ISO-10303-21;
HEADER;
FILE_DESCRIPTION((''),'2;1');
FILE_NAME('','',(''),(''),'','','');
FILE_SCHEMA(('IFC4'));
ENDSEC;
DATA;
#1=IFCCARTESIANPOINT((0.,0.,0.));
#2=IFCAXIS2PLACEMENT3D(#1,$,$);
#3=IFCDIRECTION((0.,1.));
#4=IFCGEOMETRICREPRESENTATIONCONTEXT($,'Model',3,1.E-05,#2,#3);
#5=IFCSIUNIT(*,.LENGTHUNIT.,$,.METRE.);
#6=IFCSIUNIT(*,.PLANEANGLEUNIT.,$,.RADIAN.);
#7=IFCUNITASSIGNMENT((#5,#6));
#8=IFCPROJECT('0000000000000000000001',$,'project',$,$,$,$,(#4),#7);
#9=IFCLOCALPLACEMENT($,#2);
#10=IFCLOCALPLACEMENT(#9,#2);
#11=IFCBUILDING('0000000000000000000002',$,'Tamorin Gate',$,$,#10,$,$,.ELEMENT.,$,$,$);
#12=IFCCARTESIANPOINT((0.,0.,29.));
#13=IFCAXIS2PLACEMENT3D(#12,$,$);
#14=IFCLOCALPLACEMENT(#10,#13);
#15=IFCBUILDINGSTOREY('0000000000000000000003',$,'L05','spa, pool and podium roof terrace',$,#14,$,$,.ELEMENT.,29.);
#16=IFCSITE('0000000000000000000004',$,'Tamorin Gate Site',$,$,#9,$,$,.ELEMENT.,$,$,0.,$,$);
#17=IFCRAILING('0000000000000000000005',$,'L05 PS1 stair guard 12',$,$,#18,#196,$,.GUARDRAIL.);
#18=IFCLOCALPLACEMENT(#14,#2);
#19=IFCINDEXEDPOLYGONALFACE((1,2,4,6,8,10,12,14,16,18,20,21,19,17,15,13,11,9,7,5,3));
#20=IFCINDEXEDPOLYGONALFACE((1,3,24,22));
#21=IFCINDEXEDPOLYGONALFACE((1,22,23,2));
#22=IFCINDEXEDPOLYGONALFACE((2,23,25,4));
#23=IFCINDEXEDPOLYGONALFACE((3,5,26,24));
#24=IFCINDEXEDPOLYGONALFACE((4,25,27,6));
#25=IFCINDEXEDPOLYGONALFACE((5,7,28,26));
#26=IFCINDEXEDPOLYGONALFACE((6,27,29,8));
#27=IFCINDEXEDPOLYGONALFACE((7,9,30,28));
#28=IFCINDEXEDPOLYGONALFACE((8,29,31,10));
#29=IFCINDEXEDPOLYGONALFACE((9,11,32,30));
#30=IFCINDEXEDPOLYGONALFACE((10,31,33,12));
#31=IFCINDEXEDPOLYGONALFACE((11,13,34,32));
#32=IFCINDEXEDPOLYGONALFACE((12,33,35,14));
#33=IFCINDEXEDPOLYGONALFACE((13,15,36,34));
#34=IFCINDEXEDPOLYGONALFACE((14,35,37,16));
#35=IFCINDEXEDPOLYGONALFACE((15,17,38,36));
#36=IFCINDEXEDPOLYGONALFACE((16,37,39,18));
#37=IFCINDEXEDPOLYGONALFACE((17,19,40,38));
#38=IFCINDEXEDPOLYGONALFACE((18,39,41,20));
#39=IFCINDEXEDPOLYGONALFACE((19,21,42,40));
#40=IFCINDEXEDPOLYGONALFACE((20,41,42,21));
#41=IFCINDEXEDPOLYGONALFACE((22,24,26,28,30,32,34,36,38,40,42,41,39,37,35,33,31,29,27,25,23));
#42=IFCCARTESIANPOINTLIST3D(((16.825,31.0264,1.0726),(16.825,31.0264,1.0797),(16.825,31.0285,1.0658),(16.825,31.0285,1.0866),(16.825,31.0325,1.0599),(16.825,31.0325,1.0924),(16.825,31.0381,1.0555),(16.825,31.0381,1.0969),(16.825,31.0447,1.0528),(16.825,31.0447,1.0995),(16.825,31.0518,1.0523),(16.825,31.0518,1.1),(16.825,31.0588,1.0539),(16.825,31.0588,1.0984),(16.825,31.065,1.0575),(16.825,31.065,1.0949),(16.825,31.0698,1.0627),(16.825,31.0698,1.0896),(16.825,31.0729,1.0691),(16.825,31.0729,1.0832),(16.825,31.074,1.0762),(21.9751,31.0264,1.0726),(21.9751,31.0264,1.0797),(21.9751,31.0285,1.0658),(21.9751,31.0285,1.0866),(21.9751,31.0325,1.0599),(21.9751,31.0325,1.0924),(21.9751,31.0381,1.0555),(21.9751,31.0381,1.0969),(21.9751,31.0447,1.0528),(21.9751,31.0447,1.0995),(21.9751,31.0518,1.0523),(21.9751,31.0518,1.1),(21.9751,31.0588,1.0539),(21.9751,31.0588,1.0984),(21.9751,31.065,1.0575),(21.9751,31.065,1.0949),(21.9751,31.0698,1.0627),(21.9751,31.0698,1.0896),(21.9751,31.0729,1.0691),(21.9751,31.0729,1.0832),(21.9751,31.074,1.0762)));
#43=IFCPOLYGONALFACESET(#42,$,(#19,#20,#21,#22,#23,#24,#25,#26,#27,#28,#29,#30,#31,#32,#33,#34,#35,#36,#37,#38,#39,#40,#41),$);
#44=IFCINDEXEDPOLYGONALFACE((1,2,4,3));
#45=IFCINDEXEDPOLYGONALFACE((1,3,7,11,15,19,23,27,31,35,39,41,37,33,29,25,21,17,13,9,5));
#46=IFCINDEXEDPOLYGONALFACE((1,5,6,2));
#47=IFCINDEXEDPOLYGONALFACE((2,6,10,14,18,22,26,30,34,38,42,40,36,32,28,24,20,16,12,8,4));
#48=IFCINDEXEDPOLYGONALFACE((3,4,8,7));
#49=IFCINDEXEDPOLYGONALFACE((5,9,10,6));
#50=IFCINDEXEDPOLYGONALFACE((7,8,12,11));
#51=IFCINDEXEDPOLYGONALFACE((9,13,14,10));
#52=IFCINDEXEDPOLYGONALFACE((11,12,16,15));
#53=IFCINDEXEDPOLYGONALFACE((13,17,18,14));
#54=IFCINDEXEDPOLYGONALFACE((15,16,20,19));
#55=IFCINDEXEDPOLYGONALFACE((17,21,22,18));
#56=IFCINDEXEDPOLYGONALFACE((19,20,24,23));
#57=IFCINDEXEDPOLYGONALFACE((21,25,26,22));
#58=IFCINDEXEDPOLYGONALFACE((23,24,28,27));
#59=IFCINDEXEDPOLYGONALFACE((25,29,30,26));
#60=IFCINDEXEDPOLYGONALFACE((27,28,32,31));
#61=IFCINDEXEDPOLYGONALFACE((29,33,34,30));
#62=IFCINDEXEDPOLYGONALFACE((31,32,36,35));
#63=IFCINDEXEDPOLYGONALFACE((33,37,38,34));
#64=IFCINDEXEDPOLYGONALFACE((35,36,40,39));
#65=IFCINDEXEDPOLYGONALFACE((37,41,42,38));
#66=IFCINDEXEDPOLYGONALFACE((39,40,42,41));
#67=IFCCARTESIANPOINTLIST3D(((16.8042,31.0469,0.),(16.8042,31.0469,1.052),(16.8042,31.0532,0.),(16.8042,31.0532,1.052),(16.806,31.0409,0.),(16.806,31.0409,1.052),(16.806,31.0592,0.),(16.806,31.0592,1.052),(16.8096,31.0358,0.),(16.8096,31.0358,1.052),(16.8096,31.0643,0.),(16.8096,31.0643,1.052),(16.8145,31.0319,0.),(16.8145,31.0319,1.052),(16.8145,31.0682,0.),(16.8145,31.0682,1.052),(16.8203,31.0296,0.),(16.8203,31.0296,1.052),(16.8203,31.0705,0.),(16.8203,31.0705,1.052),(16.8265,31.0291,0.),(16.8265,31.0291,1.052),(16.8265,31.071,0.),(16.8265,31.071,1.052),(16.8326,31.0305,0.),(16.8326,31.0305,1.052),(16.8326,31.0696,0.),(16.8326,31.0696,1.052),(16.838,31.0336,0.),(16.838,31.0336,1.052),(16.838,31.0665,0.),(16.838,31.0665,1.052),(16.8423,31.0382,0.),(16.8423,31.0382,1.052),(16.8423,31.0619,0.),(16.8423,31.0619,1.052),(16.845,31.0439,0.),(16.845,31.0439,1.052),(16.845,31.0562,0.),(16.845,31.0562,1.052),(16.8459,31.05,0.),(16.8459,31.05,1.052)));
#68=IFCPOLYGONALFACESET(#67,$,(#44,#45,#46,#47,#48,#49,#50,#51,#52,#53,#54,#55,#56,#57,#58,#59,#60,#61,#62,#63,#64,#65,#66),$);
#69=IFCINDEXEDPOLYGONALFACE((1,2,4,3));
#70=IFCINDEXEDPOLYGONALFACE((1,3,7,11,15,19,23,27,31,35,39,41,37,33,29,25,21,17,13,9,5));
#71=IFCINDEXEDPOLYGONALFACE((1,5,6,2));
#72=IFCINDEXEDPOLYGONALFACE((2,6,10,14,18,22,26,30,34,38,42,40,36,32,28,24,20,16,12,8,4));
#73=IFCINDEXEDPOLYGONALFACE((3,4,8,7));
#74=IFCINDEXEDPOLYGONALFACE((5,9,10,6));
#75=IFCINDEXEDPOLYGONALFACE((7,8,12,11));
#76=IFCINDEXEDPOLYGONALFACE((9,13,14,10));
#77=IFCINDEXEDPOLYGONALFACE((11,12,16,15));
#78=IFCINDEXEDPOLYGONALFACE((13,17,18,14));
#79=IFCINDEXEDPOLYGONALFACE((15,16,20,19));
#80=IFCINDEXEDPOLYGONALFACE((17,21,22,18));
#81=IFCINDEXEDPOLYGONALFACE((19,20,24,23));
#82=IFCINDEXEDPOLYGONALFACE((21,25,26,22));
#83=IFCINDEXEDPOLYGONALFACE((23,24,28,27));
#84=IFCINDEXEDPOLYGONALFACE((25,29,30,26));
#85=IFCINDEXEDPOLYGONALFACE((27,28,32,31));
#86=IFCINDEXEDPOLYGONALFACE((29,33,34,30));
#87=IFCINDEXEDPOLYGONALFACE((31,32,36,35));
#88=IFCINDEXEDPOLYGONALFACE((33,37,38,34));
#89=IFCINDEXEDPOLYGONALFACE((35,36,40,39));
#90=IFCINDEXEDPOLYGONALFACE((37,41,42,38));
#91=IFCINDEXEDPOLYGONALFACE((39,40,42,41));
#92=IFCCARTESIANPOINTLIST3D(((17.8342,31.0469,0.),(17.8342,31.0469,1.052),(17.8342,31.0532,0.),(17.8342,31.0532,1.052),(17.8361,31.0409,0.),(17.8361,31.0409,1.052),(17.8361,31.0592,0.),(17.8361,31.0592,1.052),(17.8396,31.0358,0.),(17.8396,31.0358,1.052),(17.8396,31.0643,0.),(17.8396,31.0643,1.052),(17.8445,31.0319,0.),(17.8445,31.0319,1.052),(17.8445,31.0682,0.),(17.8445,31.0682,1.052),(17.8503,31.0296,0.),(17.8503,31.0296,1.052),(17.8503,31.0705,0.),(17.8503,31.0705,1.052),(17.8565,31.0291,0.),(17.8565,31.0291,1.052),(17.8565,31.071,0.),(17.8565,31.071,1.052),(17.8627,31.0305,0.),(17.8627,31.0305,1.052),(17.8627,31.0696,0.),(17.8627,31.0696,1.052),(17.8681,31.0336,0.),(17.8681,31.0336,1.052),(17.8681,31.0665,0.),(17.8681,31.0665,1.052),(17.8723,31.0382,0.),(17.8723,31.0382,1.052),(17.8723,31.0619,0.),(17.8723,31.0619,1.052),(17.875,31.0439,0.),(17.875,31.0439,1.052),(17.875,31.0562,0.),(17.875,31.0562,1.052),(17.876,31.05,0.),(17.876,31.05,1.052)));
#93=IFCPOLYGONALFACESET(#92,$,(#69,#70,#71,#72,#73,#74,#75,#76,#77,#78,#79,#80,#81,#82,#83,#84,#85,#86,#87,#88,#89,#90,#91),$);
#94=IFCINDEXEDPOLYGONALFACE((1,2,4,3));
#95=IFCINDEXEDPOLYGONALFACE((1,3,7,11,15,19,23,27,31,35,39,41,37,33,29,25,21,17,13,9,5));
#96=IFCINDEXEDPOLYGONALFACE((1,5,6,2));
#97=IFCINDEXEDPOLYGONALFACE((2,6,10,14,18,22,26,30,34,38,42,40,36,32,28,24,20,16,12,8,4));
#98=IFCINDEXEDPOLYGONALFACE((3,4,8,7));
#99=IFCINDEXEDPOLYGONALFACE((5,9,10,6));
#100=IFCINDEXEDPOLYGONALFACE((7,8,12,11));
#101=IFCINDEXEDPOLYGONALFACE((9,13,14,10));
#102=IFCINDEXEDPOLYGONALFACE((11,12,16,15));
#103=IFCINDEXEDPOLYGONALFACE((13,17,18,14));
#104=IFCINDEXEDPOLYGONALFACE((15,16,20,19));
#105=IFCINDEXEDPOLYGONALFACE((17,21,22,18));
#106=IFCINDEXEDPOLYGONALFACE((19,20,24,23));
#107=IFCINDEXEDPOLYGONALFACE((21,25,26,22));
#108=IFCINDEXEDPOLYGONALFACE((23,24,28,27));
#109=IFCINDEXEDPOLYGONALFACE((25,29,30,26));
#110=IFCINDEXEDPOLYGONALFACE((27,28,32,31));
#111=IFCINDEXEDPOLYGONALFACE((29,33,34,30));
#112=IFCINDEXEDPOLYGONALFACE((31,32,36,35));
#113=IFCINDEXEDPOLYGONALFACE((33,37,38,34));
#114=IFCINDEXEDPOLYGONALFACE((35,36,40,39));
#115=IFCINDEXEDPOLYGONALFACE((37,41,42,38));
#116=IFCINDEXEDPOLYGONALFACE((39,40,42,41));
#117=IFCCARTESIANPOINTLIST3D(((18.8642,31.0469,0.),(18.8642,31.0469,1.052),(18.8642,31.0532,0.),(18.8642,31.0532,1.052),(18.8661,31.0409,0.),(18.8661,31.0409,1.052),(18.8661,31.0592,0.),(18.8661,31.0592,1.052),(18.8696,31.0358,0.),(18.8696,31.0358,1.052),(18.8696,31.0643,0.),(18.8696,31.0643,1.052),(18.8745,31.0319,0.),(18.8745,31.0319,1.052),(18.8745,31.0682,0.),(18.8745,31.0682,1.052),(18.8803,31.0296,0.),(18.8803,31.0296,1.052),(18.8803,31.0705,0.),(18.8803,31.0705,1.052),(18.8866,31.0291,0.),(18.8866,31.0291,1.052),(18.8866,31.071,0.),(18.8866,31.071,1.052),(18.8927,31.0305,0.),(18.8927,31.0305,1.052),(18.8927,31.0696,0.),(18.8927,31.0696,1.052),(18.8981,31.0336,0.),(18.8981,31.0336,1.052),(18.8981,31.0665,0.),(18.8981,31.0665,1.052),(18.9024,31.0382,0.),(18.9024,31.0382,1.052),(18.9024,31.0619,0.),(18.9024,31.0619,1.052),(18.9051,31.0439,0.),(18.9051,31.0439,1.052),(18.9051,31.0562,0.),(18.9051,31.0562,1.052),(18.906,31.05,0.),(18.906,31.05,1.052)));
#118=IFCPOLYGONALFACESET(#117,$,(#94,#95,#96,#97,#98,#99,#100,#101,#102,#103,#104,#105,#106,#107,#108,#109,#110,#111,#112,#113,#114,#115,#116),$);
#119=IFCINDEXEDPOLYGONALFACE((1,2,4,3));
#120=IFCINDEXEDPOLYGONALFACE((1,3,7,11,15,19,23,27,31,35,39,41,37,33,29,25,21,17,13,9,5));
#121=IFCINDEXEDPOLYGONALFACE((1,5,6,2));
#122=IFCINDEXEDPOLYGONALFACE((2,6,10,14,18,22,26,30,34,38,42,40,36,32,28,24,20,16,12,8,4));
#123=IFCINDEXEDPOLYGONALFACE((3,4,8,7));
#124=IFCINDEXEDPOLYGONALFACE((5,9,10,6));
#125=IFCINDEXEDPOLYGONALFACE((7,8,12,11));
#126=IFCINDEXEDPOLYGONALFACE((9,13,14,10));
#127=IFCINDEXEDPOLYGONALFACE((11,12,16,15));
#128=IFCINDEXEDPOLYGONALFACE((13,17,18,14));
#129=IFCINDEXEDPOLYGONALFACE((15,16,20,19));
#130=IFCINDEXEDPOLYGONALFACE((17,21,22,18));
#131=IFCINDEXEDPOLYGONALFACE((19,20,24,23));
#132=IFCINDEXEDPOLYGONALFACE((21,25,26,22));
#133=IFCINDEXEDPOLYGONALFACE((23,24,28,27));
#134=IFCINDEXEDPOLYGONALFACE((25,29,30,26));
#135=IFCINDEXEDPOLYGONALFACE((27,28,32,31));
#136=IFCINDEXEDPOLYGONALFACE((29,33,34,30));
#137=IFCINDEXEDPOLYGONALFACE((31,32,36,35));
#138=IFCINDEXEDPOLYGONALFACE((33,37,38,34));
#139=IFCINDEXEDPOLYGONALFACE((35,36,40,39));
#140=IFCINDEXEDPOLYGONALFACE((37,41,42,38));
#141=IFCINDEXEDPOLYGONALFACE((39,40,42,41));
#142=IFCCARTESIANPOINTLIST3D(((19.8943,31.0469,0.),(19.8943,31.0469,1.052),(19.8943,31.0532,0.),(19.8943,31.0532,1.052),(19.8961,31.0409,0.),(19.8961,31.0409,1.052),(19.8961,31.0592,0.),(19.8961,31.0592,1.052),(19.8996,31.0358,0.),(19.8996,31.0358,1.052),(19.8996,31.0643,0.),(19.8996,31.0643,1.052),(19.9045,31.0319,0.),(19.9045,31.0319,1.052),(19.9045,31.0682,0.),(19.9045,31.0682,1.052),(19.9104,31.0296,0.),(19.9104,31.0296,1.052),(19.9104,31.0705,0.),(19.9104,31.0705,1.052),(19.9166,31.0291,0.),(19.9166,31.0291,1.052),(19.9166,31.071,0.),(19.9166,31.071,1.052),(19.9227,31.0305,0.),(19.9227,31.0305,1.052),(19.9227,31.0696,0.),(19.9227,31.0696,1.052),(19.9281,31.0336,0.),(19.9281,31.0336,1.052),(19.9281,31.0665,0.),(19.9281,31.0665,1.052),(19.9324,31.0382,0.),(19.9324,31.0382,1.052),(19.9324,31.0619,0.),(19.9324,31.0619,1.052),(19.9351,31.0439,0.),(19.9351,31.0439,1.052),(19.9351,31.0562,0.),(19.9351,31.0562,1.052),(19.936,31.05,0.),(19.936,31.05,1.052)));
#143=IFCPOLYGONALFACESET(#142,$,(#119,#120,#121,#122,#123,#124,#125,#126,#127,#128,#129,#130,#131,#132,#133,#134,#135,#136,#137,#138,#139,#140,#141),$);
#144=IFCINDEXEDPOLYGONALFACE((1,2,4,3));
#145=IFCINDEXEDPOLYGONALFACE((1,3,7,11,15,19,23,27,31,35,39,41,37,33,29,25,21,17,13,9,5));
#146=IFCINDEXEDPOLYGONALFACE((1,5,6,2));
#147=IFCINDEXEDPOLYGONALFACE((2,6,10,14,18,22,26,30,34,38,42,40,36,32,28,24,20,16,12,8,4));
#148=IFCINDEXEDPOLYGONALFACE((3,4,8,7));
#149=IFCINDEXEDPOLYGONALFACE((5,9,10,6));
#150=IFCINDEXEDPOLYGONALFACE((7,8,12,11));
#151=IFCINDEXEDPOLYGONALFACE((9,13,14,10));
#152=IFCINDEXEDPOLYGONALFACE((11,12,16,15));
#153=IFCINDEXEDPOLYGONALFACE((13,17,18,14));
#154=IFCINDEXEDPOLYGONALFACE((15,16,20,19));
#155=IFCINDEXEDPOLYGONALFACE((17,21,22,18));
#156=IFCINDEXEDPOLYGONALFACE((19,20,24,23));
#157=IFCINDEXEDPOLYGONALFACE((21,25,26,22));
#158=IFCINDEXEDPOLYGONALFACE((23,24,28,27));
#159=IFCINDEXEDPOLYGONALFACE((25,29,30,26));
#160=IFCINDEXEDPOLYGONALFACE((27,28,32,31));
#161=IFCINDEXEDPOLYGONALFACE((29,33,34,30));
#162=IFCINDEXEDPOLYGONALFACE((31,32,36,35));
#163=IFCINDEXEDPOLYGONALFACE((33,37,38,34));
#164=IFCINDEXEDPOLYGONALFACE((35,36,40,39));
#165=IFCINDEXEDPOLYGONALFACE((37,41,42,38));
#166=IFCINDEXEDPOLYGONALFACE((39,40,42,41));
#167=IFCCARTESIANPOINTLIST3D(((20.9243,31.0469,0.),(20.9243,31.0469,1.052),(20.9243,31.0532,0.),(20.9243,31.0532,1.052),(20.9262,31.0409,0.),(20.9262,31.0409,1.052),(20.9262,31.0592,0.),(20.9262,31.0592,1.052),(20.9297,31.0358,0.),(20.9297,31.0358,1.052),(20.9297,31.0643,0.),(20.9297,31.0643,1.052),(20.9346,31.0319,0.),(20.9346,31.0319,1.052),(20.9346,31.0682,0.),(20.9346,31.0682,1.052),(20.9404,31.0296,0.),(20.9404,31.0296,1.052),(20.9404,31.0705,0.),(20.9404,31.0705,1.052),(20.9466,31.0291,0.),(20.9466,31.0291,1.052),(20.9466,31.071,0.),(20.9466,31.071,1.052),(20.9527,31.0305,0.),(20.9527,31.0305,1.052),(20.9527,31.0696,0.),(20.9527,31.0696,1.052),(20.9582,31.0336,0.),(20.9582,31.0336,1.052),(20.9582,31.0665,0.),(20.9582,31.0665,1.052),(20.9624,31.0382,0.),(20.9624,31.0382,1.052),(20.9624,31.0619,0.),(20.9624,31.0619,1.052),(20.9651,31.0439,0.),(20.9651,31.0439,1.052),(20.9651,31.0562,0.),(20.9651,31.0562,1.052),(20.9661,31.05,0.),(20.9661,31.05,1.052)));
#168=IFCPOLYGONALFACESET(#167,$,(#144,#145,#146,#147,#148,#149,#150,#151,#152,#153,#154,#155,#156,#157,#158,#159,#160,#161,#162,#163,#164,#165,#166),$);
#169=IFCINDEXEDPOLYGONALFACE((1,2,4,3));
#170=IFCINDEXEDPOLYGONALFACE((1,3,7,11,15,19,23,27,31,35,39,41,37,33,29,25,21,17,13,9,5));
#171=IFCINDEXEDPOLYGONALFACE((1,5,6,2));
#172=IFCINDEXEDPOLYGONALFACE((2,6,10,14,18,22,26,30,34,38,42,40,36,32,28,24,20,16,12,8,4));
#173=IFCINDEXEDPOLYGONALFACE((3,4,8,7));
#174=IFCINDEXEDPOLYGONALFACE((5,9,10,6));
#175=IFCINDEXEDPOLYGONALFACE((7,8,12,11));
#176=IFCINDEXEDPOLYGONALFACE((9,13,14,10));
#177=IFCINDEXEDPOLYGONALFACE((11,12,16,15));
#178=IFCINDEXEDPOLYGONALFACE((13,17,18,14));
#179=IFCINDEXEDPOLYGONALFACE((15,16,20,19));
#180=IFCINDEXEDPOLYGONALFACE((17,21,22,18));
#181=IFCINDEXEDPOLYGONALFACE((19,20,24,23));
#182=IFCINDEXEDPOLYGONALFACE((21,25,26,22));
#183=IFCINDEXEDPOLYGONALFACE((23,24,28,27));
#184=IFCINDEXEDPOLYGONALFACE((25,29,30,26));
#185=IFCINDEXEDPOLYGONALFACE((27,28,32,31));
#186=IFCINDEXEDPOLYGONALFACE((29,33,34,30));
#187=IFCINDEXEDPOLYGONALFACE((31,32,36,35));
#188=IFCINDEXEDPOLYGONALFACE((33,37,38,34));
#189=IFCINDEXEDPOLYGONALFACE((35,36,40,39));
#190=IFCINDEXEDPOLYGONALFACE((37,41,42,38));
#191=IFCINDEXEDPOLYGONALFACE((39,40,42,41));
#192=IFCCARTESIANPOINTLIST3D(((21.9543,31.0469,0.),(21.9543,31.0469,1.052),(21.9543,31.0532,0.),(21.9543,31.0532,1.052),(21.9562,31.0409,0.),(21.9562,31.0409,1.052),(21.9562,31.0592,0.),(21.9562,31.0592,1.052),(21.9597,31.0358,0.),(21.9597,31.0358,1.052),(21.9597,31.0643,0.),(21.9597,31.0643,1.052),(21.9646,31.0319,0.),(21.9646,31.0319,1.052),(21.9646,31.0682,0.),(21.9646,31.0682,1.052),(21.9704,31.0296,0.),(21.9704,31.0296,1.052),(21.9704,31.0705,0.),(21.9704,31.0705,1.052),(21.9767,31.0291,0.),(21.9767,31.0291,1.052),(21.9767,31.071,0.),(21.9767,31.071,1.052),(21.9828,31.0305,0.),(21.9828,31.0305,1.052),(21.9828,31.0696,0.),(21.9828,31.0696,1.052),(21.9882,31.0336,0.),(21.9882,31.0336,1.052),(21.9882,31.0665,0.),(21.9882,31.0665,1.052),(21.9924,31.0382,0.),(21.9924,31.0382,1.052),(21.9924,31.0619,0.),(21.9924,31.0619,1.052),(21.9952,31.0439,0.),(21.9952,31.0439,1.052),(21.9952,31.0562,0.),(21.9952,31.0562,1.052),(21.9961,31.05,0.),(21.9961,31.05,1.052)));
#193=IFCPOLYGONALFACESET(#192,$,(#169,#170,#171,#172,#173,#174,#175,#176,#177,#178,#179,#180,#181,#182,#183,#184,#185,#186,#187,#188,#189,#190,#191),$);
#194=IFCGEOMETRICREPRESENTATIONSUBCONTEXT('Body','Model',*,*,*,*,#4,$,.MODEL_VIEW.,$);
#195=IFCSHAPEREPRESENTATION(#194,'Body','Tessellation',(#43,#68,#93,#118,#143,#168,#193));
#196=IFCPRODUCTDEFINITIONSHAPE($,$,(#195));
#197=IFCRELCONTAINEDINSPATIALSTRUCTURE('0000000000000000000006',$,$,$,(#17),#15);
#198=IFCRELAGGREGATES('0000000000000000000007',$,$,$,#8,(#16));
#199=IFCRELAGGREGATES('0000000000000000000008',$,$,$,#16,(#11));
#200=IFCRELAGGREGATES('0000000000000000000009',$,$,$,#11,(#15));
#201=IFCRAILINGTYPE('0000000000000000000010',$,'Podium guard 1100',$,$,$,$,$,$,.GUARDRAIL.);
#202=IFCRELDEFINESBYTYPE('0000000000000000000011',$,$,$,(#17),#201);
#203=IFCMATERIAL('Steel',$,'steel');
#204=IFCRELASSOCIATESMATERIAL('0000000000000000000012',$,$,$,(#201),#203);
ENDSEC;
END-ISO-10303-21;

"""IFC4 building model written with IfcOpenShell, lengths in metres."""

from ifc_helpers import new_model, si_unit, direction, frame, origin, origin_2d, place, context, subcontext, project, spatial, circle, extrude, material, type_object, element, save


model = new_model("IFC4")

# Units and contexts
model_context = context("Model", 3, precision=1e-05, world=origin(), true_north=direction((0.0, 1.0)))
body_context = subcontext(model_context, "Body", "Model", "MODEL_VIEW")
ifc_project = project(units=[si_unit("LENGTHUNIT", "METRE"), si_unit("PLANEANGLEUNIT", "RADIAN")], contexts=[model_context])

# Site, building, storey
site_placement = place(None, origin())
site = spatial("IfcSite", under=ifc_project, at=site_placement, Name="Tamorin Gate Site", CompositionType="ELEMENT", RefElevation=0.0)
building_placement = place(site_placement, origin())
building = spatial("IfcBuilding", under=site, at=building_placement, Name="Tamorin Gate", CompositionType="ELEMENT")
storey_placement = place(building_placement, frame((0.0, 0.0, 29.0)))
storey = spatial("IfcBuildingStorey", under=building, at=storey_placement, Name="L05", Description="spa, pool and podium roof terrace", CompositionType="ELEMENT", Elevation=29.0)

# Railing
ifc_material_1 = material(Name="Steel", Category="steel")
railing_type = type_object("IfcRailingType", Name="Podium guard 1100", PredefinedType="GUARDRAIL", material=ifc_material_1)
railing_1_placement = place(storey_placement, frame((16.825, 31.05, 0.0)))
element("IfcRailing", 1, at=railing_1_placement, inside=storey, type_object=railing_type, Name="L05 PS1 stair guard 12", PredefinedType="GUARDRAIL", context=body_context, shape_type="SweptSolid", body=[
    extrude(circle(Radius=0.0239, at=origin_2d()), frame((0.0, 0.0, 1.0762), z_axis=(1.0, 0.0, 0.0), x_axis=(0.0, 1.0, 0.0)), (0.0, 0.0, 1.0), 5.1501),
    extrude(circle(Radius=0.021, at=origin_2d()), origin(), (0.0, 0.0, 1.0), 1.052),
    extrude(circle(Radius=0.021, at=origin_2d()), frame((1.03, 0.0, 0.0)), (0.0, 0.0, 1.0), 1.052),
    extrude(circle(Radius=0.021, at=origin_2d()), frame((2.0601, 0.0, 0.0)), (0.0, 0.0, 1.0), 1.052),
    extrude(circle(Radius=0.021, at=origin_2d()), frame((3.0901, 0.0, 0.0)), (0.0, 0.0, 1.0), 1.052),
    extrude(circle(Radius=0.021, at=origin_2d()), frame((4.1201, 0.0, 0.0)), (0.0, 0.0, 1.0), 1.052),
    extrude(circle(Radius=0.021, at=origin_2d()), frame((5.1501, 0.0, 0.0)), (0.0, 0.0, 1.0), 1.052),
])

save(model, "model.ifc")
